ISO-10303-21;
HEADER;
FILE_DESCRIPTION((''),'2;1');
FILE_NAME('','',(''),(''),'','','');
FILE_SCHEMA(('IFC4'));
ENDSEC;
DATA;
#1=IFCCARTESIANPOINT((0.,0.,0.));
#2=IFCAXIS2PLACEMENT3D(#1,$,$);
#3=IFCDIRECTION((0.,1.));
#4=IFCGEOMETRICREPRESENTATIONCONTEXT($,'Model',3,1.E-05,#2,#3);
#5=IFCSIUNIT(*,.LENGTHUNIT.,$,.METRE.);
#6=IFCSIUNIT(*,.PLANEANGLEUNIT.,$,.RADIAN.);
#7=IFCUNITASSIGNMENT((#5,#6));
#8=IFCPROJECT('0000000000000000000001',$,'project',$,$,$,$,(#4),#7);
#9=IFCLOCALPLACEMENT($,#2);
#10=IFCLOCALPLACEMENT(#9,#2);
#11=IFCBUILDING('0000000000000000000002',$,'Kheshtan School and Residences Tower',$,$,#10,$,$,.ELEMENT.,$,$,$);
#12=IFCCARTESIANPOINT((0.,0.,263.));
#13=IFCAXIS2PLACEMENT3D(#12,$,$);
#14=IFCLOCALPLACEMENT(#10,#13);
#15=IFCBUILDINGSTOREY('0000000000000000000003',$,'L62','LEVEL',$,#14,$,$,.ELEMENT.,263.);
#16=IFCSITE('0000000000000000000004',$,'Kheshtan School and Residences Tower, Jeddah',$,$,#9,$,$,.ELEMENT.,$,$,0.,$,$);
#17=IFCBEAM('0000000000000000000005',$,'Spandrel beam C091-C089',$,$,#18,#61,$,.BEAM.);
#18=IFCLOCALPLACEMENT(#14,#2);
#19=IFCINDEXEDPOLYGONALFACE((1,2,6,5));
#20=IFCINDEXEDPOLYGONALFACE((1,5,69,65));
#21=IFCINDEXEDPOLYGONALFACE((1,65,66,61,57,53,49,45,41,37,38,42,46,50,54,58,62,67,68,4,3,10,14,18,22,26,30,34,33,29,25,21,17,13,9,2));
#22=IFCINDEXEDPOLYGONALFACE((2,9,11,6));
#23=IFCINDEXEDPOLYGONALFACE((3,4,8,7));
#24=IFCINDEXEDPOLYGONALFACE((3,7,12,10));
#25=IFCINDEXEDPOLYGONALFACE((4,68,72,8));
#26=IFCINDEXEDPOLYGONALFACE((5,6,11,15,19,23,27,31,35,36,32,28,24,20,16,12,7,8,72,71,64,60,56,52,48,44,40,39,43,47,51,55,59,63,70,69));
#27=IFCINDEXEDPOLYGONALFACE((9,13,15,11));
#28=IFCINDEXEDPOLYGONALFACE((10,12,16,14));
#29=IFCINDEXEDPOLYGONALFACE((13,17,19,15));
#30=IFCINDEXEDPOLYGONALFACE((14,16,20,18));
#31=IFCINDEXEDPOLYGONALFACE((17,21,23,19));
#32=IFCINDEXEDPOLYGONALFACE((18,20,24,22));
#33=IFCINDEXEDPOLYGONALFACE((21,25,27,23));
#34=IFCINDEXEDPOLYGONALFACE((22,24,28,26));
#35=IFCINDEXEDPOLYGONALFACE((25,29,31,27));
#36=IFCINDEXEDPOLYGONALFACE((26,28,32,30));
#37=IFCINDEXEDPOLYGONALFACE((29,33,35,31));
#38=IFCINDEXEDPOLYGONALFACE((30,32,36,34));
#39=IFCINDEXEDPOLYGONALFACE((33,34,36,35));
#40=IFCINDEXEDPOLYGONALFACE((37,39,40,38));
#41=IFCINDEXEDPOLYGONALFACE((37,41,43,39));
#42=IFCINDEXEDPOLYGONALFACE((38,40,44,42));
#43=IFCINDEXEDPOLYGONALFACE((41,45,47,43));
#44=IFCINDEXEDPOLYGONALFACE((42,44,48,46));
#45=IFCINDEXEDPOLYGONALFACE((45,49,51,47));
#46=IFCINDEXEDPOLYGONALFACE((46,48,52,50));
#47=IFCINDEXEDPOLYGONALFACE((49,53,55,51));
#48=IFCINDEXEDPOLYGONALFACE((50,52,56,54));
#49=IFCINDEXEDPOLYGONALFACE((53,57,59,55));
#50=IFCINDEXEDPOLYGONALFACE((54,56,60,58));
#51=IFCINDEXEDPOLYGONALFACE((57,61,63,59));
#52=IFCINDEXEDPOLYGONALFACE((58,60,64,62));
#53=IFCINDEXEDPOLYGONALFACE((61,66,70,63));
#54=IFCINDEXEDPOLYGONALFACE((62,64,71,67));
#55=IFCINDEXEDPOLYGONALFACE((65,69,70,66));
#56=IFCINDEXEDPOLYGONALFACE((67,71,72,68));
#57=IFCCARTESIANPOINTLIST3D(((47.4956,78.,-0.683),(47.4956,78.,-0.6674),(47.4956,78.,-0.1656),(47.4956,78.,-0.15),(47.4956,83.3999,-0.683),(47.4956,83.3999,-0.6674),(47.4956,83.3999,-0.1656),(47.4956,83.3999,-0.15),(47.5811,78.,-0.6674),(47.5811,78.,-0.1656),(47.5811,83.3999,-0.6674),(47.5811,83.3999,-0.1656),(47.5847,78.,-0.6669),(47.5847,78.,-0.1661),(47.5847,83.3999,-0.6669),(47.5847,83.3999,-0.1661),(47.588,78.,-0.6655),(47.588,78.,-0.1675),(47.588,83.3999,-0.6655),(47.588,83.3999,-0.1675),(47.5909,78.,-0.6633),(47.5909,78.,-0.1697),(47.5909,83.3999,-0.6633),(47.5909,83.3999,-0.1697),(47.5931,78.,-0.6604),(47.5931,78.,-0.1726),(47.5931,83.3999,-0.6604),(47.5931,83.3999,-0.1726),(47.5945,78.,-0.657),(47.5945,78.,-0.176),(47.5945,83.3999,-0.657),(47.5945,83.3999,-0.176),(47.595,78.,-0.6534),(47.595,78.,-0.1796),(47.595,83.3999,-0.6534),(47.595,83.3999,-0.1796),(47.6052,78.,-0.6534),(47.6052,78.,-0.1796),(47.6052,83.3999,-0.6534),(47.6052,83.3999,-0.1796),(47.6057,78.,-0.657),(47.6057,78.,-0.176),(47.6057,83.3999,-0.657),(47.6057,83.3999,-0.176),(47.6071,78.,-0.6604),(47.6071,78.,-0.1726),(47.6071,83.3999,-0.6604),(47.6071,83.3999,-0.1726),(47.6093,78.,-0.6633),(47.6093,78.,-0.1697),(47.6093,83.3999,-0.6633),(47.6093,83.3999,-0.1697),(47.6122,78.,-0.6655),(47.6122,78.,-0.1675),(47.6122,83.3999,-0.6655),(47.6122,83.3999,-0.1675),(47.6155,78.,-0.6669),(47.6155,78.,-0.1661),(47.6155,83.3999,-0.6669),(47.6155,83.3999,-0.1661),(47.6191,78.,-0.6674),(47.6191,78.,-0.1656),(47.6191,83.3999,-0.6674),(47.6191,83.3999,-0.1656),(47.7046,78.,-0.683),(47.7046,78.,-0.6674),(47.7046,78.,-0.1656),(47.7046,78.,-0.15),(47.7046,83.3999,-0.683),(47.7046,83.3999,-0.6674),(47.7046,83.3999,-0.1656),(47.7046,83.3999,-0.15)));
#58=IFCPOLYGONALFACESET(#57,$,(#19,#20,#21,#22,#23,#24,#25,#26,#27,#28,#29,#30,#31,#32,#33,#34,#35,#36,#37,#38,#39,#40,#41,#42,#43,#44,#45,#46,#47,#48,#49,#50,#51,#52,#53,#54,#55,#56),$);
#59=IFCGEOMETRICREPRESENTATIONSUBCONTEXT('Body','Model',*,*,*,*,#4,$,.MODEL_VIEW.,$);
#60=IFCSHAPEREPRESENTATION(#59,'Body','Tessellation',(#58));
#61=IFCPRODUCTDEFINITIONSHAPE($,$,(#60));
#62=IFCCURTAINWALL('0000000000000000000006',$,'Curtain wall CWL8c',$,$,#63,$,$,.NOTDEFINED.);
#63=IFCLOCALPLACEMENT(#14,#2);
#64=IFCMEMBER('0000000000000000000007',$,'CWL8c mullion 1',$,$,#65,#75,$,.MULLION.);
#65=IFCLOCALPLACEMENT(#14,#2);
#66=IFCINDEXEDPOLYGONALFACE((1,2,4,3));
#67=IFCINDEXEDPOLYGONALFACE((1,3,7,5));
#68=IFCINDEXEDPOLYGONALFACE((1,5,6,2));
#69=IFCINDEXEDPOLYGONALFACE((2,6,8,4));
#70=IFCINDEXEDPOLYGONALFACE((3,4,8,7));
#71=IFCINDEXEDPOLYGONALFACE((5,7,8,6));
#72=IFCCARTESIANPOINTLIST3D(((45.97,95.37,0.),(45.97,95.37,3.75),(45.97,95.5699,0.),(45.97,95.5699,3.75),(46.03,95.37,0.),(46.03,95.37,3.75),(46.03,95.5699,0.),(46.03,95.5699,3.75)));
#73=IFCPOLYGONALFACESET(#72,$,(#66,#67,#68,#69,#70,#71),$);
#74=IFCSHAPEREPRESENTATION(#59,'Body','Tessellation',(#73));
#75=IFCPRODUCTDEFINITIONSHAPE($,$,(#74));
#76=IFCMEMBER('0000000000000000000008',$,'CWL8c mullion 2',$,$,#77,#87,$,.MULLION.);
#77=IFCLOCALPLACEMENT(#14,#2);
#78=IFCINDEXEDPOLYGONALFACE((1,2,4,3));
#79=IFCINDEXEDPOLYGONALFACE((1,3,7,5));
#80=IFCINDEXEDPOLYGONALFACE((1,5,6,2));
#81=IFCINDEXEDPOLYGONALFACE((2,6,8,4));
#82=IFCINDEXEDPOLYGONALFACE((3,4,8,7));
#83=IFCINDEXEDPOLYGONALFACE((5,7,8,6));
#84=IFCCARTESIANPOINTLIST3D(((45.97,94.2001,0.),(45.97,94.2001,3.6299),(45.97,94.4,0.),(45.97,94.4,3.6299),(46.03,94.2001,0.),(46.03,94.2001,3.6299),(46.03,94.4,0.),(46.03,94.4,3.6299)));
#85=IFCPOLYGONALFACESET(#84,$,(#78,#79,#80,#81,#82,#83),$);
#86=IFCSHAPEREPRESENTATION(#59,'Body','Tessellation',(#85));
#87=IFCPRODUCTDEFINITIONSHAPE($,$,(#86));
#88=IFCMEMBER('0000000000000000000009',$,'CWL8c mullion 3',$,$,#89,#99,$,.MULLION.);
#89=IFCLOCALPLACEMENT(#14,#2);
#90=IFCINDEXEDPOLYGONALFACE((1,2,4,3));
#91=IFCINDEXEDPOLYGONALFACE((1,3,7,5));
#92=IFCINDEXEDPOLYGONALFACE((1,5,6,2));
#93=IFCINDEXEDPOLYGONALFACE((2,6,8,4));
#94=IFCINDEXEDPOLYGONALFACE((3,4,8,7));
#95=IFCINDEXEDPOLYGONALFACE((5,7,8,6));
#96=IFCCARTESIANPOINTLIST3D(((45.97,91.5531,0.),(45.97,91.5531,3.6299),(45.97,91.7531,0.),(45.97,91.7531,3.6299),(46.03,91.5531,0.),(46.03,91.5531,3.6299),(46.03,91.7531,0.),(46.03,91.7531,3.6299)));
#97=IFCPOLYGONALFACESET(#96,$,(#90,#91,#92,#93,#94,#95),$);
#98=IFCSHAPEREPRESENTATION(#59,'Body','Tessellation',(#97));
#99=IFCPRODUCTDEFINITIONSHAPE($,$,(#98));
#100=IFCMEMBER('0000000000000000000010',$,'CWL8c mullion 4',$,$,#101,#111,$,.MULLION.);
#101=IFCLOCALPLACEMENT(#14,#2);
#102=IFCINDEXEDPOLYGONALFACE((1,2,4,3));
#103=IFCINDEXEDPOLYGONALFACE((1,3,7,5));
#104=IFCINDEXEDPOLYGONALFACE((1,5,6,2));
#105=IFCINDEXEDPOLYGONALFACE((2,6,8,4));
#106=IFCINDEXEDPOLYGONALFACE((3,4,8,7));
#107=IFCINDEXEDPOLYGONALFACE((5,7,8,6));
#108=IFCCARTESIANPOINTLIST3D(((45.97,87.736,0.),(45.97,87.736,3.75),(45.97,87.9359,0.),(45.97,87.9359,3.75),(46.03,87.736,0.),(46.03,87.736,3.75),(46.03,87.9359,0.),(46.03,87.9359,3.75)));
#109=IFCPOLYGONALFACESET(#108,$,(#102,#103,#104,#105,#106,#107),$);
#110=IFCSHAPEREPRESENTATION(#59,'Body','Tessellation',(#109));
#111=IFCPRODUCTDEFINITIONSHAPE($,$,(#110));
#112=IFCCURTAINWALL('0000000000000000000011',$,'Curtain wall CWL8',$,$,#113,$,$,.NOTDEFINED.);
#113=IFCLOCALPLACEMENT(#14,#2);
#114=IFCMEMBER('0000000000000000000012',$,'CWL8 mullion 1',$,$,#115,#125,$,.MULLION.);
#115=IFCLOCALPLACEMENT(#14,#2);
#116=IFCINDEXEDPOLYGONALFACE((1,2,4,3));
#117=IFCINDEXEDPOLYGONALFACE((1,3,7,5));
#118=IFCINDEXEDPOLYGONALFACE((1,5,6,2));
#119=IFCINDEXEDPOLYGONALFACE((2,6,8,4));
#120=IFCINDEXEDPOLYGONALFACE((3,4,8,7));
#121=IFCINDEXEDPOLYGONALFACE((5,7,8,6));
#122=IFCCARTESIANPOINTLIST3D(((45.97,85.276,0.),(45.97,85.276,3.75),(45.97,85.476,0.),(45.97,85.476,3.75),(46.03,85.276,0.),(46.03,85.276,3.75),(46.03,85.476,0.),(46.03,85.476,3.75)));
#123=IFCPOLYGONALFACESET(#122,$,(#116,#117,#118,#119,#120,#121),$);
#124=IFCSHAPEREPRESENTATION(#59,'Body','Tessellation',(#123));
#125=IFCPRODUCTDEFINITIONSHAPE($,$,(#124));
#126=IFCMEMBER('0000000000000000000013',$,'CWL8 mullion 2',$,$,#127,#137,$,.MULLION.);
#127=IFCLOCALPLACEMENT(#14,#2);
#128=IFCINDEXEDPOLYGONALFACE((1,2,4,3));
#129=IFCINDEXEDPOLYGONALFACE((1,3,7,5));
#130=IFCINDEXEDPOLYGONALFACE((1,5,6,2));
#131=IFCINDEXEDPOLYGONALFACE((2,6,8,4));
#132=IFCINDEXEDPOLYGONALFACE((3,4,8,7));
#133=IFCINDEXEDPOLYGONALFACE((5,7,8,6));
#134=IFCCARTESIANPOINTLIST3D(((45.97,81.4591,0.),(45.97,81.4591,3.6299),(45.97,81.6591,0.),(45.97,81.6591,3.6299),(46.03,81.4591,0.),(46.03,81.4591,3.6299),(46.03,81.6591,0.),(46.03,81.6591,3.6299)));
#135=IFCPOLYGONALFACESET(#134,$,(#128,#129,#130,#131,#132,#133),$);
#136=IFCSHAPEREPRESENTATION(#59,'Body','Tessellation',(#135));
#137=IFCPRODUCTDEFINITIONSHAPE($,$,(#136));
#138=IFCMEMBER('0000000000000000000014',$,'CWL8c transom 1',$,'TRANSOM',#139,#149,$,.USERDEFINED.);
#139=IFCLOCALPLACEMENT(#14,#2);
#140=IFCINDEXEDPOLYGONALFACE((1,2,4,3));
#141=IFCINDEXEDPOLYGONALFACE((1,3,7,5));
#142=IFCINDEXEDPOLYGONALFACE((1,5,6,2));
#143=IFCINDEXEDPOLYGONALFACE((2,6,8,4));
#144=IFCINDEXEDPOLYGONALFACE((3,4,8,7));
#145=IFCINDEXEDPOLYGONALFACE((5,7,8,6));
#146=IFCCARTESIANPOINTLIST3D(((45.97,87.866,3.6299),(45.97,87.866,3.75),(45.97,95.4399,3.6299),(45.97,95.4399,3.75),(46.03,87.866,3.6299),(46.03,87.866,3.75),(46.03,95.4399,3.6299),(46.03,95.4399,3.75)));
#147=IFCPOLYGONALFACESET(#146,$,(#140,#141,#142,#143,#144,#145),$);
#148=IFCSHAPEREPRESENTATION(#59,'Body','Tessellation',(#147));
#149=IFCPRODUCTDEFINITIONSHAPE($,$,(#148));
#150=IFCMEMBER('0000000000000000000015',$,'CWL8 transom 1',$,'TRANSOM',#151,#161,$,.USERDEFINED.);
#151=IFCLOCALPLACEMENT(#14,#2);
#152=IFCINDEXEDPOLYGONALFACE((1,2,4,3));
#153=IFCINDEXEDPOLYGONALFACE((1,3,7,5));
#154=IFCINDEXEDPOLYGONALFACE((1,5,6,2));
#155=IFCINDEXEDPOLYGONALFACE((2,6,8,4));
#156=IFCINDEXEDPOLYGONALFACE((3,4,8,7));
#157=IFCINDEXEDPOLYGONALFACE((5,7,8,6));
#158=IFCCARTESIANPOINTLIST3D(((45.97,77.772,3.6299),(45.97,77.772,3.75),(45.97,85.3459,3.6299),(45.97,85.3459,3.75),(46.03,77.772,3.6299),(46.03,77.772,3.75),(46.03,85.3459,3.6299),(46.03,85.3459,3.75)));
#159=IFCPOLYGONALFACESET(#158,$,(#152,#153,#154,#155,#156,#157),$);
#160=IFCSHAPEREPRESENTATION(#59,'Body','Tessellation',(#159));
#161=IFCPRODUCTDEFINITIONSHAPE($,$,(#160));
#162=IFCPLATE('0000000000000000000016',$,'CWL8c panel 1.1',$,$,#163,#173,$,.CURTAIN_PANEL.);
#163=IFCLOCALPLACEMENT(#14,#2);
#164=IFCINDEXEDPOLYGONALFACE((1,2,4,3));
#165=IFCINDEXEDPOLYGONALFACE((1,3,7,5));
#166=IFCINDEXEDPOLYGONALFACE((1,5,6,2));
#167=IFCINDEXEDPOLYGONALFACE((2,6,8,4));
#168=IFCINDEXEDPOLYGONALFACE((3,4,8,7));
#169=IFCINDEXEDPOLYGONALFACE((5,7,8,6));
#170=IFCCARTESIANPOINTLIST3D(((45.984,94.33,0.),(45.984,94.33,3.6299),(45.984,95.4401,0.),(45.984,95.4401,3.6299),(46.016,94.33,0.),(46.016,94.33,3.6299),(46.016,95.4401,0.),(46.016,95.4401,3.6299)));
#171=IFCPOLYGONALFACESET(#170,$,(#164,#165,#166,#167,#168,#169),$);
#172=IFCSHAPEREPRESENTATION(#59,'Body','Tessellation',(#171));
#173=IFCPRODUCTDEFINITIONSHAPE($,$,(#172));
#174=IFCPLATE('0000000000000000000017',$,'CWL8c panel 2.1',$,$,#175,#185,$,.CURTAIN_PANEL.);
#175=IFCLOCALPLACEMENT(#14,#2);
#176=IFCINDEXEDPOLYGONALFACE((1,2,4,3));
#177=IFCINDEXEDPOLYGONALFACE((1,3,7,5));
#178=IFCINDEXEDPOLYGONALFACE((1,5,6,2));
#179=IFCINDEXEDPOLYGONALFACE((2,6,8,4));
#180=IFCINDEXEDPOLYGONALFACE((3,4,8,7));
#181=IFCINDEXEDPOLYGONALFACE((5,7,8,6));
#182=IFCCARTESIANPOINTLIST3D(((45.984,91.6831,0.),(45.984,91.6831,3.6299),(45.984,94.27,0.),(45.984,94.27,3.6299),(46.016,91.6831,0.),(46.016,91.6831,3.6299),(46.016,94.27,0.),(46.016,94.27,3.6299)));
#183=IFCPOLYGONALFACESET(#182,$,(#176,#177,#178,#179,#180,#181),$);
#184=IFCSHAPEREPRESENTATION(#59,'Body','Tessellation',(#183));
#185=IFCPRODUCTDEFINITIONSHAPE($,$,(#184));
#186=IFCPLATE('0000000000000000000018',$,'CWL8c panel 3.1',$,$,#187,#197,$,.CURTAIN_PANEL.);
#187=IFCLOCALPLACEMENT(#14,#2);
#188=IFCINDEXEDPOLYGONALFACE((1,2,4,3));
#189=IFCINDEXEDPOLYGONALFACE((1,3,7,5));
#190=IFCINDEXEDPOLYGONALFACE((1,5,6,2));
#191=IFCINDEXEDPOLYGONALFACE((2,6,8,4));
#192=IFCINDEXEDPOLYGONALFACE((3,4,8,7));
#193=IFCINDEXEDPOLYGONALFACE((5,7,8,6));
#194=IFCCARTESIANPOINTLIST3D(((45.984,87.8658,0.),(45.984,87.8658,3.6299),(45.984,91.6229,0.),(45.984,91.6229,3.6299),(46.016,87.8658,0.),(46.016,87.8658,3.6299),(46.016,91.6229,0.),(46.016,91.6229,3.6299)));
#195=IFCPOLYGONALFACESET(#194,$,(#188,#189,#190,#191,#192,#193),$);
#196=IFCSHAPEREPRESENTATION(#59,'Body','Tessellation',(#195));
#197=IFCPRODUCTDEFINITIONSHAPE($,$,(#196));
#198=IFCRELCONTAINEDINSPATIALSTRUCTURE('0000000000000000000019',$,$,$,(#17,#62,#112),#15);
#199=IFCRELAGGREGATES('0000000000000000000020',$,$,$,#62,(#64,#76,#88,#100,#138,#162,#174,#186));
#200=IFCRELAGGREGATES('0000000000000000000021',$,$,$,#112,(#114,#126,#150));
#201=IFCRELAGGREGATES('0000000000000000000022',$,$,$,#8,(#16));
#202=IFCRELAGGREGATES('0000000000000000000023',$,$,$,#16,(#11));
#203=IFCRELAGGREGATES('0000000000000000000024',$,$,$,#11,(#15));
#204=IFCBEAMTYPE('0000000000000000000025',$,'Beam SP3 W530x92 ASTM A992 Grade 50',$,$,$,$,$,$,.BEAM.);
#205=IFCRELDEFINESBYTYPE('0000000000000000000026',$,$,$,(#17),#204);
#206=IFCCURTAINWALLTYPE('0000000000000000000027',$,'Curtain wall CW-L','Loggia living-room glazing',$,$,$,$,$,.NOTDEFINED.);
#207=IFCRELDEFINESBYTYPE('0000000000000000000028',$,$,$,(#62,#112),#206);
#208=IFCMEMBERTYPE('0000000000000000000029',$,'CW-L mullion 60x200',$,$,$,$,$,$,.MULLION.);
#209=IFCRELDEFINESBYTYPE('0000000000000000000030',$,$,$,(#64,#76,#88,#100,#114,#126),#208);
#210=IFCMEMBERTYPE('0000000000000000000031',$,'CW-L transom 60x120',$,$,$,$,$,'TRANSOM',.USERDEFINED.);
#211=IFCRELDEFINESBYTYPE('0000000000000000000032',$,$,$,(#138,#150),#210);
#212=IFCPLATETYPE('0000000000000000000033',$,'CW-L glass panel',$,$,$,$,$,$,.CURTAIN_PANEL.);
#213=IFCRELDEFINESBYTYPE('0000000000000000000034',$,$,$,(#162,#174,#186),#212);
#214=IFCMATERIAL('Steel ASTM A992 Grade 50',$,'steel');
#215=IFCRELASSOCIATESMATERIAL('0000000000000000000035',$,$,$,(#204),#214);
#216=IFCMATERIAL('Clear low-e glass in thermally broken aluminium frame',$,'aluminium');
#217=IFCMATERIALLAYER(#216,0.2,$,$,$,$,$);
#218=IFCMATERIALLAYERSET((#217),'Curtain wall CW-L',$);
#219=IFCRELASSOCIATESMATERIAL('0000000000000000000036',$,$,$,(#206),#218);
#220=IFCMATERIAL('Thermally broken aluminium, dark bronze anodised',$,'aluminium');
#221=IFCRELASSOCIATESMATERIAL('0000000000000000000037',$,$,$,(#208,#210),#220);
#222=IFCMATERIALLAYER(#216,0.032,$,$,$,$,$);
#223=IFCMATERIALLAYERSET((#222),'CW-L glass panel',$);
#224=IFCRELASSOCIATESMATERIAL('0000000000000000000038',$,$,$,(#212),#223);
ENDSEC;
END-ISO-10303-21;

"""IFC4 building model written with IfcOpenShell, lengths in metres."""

from ifc_helpers import new_model, si_unit, direction, frame, origin, origin_2d, place, context, subcontext, project, spatial, rectangle, i_section, extrude, material, layer, layer_set, material_profile, profile_set, type_object, element, aggregate, save


model = new_model("IFC4")

# Units and contexts
model_context = context("Model", 3, precision=1e-05, world=origin(), true_north=direction((0.0, 1.0)))
body_context = subcontext(model_context, "Body", "Model", "MODEL_VIEW")
ifc_project = project(units=[si_unit("LENGTHUNIT", "METRE"), si_unit("PLANEANGLEUNIT", "RADIAN")], contexts=[model_context])

# Site, building, storey
site_placement = place(None, origin())
site = spatial("IfcSite", under=ifc_project, at=site_placement, Name="Kheshtan School and Residences Tower, Jeddah", CompositionType="ELEMENT", RefElevation=0.0)
building_placement = place(site_placement, origin())
building = spatial("IfcBuilding", under=site, at=building_placement, Name="Kheshtan School and Residences Tower", CompositionType="ELEMENT")
storey_placement = place(building_placement, frame((0.0, 0.0, 263.0)))
storey = spatial("IfcBuildingStorey", under=building, at=storey_placement, Name="L62", Description="LEVEL", CompositionType="ELEMENT", Elevation=263.0)

# Shared definitions
ifc_material_1 = material(Name="Steel ASTM A992 Grade 50", Category="steel")

# Beam
ifc_material_profile_1 = material_profile(ifc_material_1, i_section(OverallWidth=0.209, OverallDepth=0.533, WebThickness=0.0103, FlangeThickness=0.0156, FilletRadius=0.0139, at=origin_2d()), Name="W530x92")
ifc_profile_set_1 = profile_set([ifc_material_profile_1], Name="Steel ASTM A992 Grade 50")
beam_type_1 = type_object("IfcBeamType", Name="Beam SP3 W530x92 ASTM A992 Grade 50", PredefinedType="BEAM", material=ifc_profile_set_1)
beam_1_placement = place(storey_placement, frame((47.6001, 83.3999, -0.4165), z_axis=(0.0, -1.0, 0.0), x_axis=(1.0, 0.0, 0.0)))
element("IfcBeam", 1, at=beam_1_placement, inside=storey, type_object=beam_type_1, Name="Spandrel beam C091-C089", PredefinedType="BEAM", context=body_context, shape_type="SweptSolid", body=[
    extrude(i_section(OverallWidth=0.209, OverallDepth=0.533, WebThickness=0.0103, FlangeThickness=0.0156, FilletRadius=0.0139, at=origin_2d()), origin(), (0.0, 0.0, 1.0), 5.3999),
])

# Curtain walls, members
ifc_material_2 = material(Name="Clear low-e glass in thermally broken aluminium frame", Category="aluminium")
ifc_layer_1 = layer(ifc_material_2, 0.2)
ifc_layer_set_1 = layer_set([ifc_layer_1], Name="Curtain wall CW-L")
curtain_wall_type = type_object("IfcCurtainWallType", Name="Curtain wall CW-L", Description="Loggia living-room glazing", PredefinedType="NOTDEFINED", material=ifc_layer_set_1)
curtain_wall_1_placement = place(storey_placement, origin())
curtain_wall_1 = element("IfcCurtainWall", 2, at=curtain_wall_1_placement, inside=storey, type_object=curtain_wall_type, Name="Curtain wall CWL8c", PredefinedType="NOTDEFINED")
ifc_material_3 = material(Name="Thermally broken aluminium, dark bronze anodised", Category="aluminium")
ifc_material_profile_2 = material_profile(ifc_material_3, rectangle(XDim=0.0601, YDim=0.2, at=origin_2d()), Name="CW-L mullion 60x200")
ifc_profile_set_2 = profile_set([ifc_material_profile_2], Name="Thermally broken aluminium, dark bronze anodised")
member_type_1 = type_object("IfcMemberType", Name="CW-L mullion 60x200", PredefinedType="MULLION", material=ifc_profile_set_2)
member_1_placement = place(storey_placement, frame((46.0, 95.47, 0.0), z_axis=(0.0, 0.0, 1.0), x_axis=(1.0, 0.0, 0.0)))
member_1 = element("IfcMember", 3, at=member_1_placement, type_object=member_type_1, Name="CWL8c mullion 1", PredefinedType="MULLION", context=body_context, shape_type="SweptSolid", body=[
    extrude(rectangle(XDim=0.0601, YDim=0.2, at=origin_2d()), origin(), (0.0, 0.0, 1.0), 3.75),
])
member_2_placement = place(storey_placement, frame((46.0, 94.3, 0.0), z_axis=(0.0, 0.0, 1.0), x_axis=(1.0, 0.0, 0.0)))
member_2 = element("IfcMember", 4, at=member_2_placement, type_object=member_type_1, Name="CWL8c mullion 2", PredefinedType="MULLION", context=body_context, shape_type="SweptSolid", body=[
    extrude(rectangle(XDim=0.0601, YDim=0.2, at=origin_2d()), origin(), (0.0, 0.0, 1.0), 3.6299),
])
member_3_placement = place(storey_placement, frame((46.0, 91.6531, 0.0), z_axis=(0.0, 0.0, 1.0), x_axis=(1.0, 0.0, 0.0)))
member_3 = element("IfcMember", 5, at=member_3_placement, type_object=member_type_1, Name="CWL8c mullion 3", PredefinedType="MULLION", context=body_context, shape_type="SweptSolid", body=[
    extrude(rectangle(XDim=0.0601, YDim=0.2, at=origin_2d()), origin(), (0.0, 0.0, 1.0), 3.6299),
])
member_4_placement = place(storey_placement, frame((46.0, 87.8359, 0.0), z_axis=(0.0, 0.0, 1.0), x_axis=(1.0, 0.0, 0.0)))
member_4 = element("IfcMember", 6, at=member_4_placement, type_object=member_type_1, Name="CWL8c mullion 4", PredefinedType="MULLION", context=body_context, shape_type="SweptSolid", body=[
    extrude(rectangle(XDim=0.0601, YDim=0.2, at=origin_2d()), origin(), (0.0, 0.0, 1.0), 3.75),
])
curtain_wall_2_placement = place(storey_placement, origin())
curtain_wall_2 = element("IfcCurtainWall", 7, at=curtain_wall_2_placement, inside=storey, type_object=curtain_wall_type, Name="Curtain wall CWL8", PredefinedType="NOTDEFINED")
member_5_placement = place(storey_placement, frame((46.0, 85.376, 0.0), z_axis=(0.0, 0.0, 1.0), x_axis=(1.0, 0.0, 0.0)))
member_5 = element("IfcMember", 8, at=member_5_placement, type_object=member_type_1, Name="CWL8 mullion 1", PredefinedType="MULLION", context=body_context, shape_type="SweptSolid", body=[
    extrude(rectangle(XDim=0.0601, YDim=0.2, at=origin_2d()), origin(), (0.0, 0.0, 1.0), 3.75),
])
member_6_placement = place(storey_placement, frame((46.0, 81.5591, 0.0), z_axis=(0.0, 0.0, 1.0), x_axis=(1.0, 0.0, 0.0)))
member_6 = element("IfcMember", 9, at=member_6_placement, type_object=member_type_1, Name="CWL8 mullion 2", PredefinedType="MULLION", context=body_context, shape_type="SweptSolid", body=[
    extrude(rectangle(XDim=0.0601, YDim=0.2, at=origin_2d()), origin(), (0.0, 0.0, 1.0), 3.6299),
])

# Members
ifc_material_profile_3 = material_profile(ifc_material_3, rectangle(XDim=0.0601, YDim=0.1201, at=origin_2d()), Name="CW-L transom 60x120")
ifc_profile_set_3 = profile_set([ifc_material_profile_3], Name="Thermally broken aluminium, dark bronze anodised")
member_type_2 = type_object("IfcMemberType", Name="CW-L transom 60x120", ElementType="TRANSOM", PredefinedType="USERDEFINED", material=ifc_profile_set_3)
member_7_placement = place(storey_placement, frame((46.0, 95.4399, 3.6899), z_axis=(0.0, -1.0, 0.0), x_axis=(1.0, 0.0, 0.0)))
member_7 = element("IfcMember", 10, at=member_7_placement, type_object=member_type_2, Name="CWL8c transom 1", ObjectType="TRANSOM", PredefinedType="USERDEFINED", context=body_context, shape_type="SweptSolid", body=[
    extrude(rectangle(XDim=0.0601, YDim=0.1201, at=origin_2d()), origin(), (0.0, 0.0, 1.0), 7.574),
])
member_8_placement = place(storey_placement, frame((46.0, 85.3459, 3.6899), z_axis=(0.0, -1.0, 0.0), x_axis=(1.0, 0.0, 0.0)))
member_8 = element("IfcMember", 11, at=member_8_placement, type_object=member_type_2, Name="CWL8 transom 1", ObjectType="TRANSOM", PredefinedType="USERDEFINED", context=body_context, shape_type="SweptSolid", body=[
    extrude(rectangle(XDim=0.0601, YDim=0.1201, at=origin_2d()), origin(), (0.0, 0.0, 1.0), 7.574),
])

# Plates
ifc_layer_2 = layer(ifc_material_2, 0.032)
ifc_layer_set_2 = layer_set([ifc_layer_2], Name="CW-L glass panel")
plate_type = type_object("IfcPlateType", Name="CW-L glass panel", PredefinedType="CURTAIN_PANEL", material=ifc_layer_set_2)
plate_1_placement = place(storey_placement, frame((46.0, 94.885, 0.0), z_axis=(0.0, 0.0, 1.0), x_axis=(0.0, -1.0, 0.0)))
plate_1 = element("IfcPlate", 12, at=plate_1_placement, type_object=plate_type, Name="CWL8c panel 1.1", PredefinedType="CURTAIN_PANEL", context=body_context, shape_type="SweptSolid", body=[
    extrude(rectangle(XDim=1.1101, YDim=0.032, at=origin_2d()), origin(), (0.0, 0.0, 1.0), 3.6299),
])
plate_2_placement = place(storey_placement, frame((46.0, 92.9766, 0.0), z_axis=(0.0, 0.0, 1.0), x_axis=(0.0, -1.0, 0.0)))
plate_2 = element("IfcPlate", 13, at=plate_2_placement, type_object=plate_type, Name="CWL8c panel 2.1", PredefinedType="CURTAIN_PANEL", context=body_context, shape_type="SweptSolid", body=[
    extrude(rectangle(XDim=2.5869, YDim=0.032, at=origin_2d()), origin(), (0.0, 0.0, 1.0), 3.6299),
])
plate_3_placement = place(storey_placement, frame((46.0, 89.7444, 0.0), z_axis=(0.0, 0.0, 1.0), x_axis=(0.0, -1.0, 0.0)))
plate_3 = element("IfcPlate", 14, at=plate_3_placement, type_object=plate_type, Name="CWL8c panel 3.1", PredefinedType="CURTAIN_PANEL", context=body_context, shape_type="SweptSolid", body=[
    extrude(rectangle(XDim=3.7571, YDim=0.032, at=origin_2d()), origin(), (0.0, 0.0, 1.0), 3.6299),
])
aggregate(curtain_wall_1, [member_1, member_2, member_3, member_4, member_7, plate_1, plate_2, plate_3])
aggregate(curtain_wall_2, [member_5, member_6, member_8])

save(model, "model.ifc")
